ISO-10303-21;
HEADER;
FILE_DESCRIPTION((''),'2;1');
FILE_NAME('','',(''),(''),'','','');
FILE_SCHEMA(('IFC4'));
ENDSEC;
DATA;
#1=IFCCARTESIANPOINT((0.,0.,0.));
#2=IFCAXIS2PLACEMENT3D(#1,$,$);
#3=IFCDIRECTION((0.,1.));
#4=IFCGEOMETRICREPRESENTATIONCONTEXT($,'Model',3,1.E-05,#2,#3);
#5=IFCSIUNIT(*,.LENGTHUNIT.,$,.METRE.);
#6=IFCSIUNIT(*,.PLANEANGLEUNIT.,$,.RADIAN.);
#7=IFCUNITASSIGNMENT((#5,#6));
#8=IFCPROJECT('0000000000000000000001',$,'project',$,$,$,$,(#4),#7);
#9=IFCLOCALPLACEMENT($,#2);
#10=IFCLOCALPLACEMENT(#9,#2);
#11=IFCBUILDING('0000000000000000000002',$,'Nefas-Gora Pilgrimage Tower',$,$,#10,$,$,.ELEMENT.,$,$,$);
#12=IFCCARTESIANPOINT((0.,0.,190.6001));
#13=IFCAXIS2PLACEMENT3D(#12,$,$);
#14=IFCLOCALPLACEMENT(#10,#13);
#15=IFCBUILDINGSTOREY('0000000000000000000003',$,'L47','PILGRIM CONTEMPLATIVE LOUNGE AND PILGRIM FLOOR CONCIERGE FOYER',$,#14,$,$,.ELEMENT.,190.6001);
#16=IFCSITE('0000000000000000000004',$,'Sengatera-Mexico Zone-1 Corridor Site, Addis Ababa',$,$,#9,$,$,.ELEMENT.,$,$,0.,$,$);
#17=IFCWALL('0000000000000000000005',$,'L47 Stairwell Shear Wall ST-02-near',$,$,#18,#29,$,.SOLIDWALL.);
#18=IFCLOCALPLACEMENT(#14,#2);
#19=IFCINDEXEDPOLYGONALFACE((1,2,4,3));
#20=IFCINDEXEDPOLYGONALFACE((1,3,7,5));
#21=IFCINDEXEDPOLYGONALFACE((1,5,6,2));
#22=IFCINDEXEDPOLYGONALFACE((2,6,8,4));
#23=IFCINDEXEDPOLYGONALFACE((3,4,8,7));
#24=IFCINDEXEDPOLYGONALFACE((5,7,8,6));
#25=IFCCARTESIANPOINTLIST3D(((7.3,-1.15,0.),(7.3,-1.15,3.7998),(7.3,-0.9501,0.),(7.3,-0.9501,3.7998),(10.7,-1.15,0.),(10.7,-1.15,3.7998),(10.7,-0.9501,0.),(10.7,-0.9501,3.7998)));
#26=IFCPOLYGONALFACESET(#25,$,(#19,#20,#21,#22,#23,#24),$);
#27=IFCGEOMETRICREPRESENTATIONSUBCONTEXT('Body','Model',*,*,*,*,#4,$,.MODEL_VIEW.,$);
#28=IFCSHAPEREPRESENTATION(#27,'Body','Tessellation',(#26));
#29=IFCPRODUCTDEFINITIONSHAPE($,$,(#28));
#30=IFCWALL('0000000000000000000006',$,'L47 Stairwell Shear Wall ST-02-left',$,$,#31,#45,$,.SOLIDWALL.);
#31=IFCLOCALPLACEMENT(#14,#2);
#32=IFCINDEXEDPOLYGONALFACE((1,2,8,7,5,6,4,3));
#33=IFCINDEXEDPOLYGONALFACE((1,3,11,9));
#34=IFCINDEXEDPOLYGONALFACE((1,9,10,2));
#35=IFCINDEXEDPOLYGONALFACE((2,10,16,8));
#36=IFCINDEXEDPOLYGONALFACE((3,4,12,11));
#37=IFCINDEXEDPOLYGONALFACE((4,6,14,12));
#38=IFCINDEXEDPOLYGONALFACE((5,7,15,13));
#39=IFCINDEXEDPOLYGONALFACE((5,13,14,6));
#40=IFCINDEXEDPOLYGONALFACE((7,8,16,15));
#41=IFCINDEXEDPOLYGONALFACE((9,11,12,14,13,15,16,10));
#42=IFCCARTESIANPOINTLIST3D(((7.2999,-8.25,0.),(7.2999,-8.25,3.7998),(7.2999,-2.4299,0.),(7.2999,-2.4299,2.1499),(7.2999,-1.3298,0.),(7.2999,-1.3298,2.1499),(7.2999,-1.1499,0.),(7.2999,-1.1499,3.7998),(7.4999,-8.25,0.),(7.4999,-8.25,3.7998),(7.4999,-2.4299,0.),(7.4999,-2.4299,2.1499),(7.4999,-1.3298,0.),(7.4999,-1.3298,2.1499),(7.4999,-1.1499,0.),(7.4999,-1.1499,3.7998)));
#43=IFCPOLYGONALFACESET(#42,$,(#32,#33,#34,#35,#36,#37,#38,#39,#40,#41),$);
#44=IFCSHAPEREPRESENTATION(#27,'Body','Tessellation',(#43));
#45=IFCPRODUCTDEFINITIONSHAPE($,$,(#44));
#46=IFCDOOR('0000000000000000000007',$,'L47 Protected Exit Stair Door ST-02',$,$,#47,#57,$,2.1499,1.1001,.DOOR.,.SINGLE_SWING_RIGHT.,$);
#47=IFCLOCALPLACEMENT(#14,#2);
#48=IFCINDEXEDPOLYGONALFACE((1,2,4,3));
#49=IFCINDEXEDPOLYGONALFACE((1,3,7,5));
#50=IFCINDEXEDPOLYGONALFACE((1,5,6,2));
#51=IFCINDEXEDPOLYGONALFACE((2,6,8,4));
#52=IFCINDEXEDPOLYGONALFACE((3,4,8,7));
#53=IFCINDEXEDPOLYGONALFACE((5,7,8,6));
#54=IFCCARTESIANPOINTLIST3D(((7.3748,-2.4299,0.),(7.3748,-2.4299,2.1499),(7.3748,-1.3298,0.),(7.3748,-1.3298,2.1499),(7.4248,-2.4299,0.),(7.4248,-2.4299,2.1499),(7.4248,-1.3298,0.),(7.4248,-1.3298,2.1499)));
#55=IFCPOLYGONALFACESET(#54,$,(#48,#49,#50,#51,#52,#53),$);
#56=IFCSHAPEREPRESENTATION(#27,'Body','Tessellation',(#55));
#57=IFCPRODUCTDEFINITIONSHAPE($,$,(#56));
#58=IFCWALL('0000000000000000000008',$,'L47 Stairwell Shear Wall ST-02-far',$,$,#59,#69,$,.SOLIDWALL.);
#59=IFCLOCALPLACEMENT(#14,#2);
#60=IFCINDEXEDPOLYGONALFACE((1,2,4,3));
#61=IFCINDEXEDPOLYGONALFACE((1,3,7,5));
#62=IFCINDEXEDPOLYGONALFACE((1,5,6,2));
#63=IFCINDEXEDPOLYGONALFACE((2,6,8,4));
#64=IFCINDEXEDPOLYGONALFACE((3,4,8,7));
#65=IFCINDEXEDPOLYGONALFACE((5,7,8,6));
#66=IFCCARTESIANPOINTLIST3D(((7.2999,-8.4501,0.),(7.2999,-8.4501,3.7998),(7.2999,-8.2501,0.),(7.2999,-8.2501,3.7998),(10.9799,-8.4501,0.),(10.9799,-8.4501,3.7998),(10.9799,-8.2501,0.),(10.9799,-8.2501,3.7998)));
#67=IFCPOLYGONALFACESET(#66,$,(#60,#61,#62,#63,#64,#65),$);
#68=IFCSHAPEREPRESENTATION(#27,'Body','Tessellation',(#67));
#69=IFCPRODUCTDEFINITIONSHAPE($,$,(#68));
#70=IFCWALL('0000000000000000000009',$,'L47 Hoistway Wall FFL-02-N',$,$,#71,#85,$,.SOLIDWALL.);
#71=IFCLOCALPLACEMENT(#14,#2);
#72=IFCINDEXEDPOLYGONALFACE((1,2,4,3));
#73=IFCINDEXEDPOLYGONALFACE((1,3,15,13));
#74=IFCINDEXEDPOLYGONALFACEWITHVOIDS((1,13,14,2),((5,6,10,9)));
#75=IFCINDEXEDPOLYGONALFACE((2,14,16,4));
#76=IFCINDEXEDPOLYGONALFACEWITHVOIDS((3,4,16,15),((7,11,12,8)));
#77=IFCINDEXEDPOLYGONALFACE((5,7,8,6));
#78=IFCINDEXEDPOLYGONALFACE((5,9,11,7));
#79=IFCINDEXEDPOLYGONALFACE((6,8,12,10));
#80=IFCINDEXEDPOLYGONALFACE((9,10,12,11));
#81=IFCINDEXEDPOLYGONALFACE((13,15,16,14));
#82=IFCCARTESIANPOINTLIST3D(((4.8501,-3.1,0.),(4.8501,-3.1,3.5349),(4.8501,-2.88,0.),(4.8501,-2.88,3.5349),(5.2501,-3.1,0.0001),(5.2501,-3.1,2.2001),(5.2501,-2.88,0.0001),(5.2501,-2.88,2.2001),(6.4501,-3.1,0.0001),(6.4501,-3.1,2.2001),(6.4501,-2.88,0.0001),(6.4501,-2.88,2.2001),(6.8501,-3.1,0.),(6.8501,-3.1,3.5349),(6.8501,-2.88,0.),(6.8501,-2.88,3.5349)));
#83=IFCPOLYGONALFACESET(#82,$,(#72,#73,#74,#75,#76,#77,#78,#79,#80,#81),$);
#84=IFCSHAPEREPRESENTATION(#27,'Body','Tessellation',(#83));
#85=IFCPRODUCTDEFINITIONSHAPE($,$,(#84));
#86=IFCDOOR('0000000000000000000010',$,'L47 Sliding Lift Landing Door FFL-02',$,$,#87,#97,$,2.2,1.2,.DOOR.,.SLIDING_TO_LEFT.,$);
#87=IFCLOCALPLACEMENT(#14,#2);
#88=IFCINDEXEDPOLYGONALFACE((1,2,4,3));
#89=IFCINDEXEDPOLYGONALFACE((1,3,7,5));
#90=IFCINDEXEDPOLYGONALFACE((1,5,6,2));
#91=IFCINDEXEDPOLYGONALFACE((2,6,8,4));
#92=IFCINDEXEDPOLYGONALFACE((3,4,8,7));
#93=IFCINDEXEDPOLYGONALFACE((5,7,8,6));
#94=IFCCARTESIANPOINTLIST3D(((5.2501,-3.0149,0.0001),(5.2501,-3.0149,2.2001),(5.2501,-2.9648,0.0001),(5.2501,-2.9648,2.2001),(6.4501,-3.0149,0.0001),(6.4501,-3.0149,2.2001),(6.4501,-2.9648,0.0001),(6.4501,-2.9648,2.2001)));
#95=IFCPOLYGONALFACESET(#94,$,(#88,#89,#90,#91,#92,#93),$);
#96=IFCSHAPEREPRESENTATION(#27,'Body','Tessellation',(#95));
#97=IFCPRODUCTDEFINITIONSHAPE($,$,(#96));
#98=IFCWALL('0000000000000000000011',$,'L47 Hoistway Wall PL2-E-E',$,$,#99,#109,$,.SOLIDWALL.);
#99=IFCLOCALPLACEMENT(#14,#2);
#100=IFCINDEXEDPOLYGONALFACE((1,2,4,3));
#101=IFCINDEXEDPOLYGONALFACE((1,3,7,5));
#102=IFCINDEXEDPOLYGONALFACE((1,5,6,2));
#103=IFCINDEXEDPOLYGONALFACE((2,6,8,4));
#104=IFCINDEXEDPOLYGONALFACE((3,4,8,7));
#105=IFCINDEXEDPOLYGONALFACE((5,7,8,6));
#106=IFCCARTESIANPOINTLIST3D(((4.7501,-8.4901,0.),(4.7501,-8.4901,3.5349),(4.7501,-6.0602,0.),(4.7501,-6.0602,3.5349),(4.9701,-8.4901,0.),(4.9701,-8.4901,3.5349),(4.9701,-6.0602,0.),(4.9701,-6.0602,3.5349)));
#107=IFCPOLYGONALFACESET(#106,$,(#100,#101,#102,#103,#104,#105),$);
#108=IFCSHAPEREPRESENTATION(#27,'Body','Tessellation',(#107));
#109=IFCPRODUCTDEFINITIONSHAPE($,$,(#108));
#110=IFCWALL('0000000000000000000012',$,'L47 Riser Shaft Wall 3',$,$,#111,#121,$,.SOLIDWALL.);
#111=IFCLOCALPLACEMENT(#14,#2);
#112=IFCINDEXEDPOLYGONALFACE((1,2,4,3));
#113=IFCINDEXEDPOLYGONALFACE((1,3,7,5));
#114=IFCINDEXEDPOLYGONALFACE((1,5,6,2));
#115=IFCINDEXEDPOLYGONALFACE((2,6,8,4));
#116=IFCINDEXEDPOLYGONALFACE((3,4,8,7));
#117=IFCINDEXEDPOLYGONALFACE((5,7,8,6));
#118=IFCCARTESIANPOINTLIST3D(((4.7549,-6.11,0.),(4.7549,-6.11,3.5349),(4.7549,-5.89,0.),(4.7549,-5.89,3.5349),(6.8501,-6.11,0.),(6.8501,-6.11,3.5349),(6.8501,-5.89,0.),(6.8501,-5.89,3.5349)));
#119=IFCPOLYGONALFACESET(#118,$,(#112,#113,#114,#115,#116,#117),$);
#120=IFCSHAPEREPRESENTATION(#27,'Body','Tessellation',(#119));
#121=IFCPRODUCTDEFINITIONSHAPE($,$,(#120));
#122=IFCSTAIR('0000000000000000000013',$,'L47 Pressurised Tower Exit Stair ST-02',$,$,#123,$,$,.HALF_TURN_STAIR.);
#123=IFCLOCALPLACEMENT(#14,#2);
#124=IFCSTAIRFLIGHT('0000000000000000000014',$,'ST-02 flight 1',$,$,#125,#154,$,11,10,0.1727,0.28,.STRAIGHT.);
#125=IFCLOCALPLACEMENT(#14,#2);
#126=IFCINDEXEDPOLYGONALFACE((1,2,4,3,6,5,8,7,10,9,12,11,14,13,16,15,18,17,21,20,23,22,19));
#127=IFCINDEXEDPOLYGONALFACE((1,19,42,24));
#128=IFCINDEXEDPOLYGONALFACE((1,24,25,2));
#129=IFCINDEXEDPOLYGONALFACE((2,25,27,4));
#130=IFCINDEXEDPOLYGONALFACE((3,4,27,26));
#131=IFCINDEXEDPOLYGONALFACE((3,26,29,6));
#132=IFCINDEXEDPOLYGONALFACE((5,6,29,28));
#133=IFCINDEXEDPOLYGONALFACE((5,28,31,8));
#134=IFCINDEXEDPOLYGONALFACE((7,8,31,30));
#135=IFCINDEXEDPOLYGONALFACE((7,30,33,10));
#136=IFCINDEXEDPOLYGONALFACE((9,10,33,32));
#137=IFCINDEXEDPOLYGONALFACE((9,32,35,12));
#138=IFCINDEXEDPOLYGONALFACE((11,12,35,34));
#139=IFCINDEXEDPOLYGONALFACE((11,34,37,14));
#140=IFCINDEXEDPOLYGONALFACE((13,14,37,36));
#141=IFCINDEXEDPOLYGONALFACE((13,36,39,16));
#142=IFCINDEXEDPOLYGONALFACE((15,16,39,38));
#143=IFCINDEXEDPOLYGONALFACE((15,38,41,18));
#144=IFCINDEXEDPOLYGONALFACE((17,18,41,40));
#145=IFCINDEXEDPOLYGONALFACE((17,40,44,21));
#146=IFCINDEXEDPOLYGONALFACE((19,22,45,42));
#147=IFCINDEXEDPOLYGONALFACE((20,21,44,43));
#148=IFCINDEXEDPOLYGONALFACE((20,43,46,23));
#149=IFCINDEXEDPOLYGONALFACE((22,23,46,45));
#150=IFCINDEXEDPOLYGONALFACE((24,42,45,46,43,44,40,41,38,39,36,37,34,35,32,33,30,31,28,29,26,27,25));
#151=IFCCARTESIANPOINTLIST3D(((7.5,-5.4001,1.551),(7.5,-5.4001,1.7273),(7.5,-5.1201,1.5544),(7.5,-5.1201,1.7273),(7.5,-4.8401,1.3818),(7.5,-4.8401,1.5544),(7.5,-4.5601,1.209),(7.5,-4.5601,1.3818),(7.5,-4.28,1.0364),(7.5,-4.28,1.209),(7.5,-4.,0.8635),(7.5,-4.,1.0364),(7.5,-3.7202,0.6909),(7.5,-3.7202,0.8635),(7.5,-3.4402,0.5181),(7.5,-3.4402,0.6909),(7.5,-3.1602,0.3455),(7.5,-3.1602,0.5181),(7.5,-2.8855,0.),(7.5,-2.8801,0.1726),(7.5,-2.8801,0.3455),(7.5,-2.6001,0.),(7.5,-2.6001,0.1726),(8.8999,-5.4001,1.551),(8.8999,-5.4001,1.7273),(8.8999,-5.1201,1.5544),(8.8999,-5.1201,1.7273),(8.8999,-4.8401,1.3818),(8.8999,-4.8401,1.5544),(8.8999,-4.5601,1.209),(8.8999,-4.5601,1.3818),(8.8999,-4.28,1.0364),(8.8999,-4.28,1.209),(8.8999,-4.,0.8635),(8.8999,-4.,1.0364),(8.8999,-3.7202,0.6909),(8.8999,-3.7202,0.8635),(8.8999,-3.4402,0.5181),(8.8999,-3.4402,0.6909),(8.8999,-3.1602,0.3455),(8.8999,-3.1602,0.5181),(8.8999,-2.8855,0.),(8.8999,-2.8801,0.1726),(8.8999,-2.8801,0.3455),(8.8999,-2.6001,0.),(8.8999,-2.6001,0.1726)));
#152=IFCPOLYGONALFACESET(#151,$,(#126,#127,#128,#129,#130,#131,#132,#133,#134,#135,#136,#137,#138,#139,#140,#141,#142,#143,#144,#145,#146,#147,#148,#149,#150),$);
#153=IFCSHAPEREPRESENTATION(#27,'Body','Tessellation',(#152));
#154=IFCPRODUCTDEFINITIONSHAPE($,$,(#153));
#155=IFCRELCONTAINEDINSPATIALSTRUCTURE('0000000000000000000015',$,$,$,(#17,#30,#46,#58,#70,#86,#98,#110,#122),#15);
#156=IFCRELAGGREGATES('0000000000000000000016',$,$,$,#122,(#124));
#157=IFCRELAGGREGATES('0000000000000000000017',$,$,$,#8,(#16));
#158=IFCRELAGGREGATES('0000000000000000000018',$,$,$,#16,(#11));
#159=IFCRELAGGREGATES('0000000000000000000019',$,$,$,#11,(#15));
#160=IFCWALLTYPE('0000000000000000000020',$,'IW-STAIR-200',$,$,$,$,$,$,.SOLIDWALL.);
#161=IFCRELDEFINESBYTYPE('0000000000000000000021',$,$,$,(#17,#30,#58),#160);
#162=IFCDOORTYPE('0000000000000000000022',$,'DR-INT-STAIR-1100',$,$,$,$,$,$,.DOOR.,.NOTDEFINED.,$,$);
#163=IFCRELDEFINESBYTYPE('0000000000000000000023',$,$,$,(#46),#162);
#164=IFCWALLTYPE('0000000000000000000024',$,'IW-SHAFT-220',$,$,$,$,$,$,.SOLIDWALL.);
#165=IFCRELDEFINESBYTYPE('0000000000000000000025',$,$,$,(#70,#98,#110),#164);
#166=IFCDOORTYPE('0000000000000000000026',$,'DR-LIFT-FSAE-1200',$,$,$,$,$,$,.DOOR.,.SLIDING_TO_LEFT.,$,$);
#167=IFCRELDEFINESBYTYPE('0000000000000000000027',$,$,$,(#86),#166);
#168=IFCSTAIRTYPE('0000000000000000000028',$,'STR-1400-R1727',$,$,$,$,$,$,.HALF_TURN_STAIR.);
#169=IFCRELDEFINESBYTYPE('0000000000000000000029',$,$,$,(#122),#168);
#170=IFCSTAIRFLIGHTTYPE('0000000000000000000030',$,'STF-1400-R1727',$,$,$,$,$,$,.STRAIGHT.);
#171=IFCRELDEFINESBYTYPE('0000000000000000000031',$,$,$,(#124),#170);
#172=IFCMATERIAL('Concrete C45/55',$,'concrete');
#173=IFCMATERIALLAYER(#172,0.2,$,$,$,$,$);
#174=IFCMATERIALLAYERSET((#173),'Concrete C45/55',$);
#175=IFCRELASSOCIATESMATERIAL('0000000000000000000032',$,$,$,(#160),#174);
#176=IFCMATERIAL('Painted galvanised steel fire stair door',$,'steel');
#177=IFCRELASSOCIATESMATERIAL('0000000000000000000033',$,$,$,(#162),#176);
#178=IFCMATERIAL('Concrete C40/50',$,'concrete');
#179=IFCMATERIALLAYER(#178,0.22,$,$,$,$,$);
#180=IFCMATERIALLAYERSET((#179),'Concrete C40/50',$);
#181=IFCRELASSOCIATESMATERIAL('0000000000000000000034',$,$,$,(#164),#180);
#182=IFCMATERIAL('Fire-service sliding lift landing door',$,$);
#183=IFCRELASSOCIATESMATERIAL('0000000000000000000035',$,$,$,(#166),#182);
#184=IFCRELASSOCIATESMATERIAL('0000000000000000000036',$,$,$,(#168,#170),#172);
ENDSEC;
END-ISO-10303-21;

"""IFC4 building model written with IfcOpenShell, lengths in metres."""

from ifc_helpers import new_model, si_unit, direction, frame, frame_2d, origin, place, context, subcontext, project, spatial, polyline, rectangle, outline, extrude, source, transform, mapped, material, layer, layer_set, type_object, element, fill, aggregate, save


model = new_model("IFC4")

# Units and contexts
model_context = context("Model", 3, precision=1e-05, world=origin(), true_north=direction((0.0, 1.0)))
body_context = subcontext(model_context, "Body", "Model", "MODEL_VIEW")
ifc_project = project(units=[si_unit("LENGTHUNIT", "METRE"), si_unit("PLANEANGLEUNIT", "RADIAN")], contexts=[model_context])

# Site, building, storey
site_placement = place(None, origin())
site = spatial("IfcSite", under=ifc_project, at=site_placement, Name="Sengatera-Mexico Zone-1 Corridor Site, Addis Ababa", CompositionType="ELEMENT", RefElevation=0.0)
building_placement = place(site_placement, origin())
building = spatial("IfcBuilding", under=site, at=building_placement, Name="Nefas-Gora Pilgrimage Tower", CompositionType="ELEMENT")
storey_placement = place(building_placement, frame((0.0, 0.0, 190.6001)))
storey = spatial("IfcBuildingStorey", under=building, at=storey_placement, Name="L47", Description="PILGRIM CONTEMPLATIVE LOUNGE AND PILGRIM FLOOR CONCIERGE FOYER", CompositionType="ELEMENT", Elevation=190.6001)

# Wall
ifc_material_1 = material(Name="Concrete C45/55", Category="concrete")
ifc_layer_1 = layer(ifc_material_1, 0.2)
ifc_layer_set_1 = layer_set([ifc_layer_1], Name="Concrete C45/55")
wall_type_1 = type_object("IfcWallType", Name="IW-STAIR-200", PredefinedType="SOLIDWALL", material=ifc_layer_set_1)
shared_shape_1 = source(origin(), body_context, "Body", "SweptSolid", [
    extrude(rectangle(XDim=3.3999, YDim=0.2, at=frame_2d((1.7, 0.0))), origin(), (0.0, 0.0, 1.0), 3.7998),
])
wall_1_placement = place(storey_placement, frame((7.3, -1.05, 0.0), z_axis=(0.0, 0.0, 1.0), x_axis=(1.0, 0.0, 0.0)))
element("IfcWall", 1, at=wall_1_placement, inside=storey, type_object=wall_type_1, Name="L47 Stairwell Shear Wall ST-02-near", PredefinedType="SOLIDWALL", context=body_context, shape_type="MappedRepresentation", body=[
    mapped(shared_shape_1, transform((0.0, 0.0, 0.0), x_axis=(1.0, 0.0, 0.0), y_axis=(0.0, 1.0, 0.0), z_axis=(0.0, 0.0, 1.0), scale=1.0)),
])

# Wall, opening, door
shared_shape_2 = source(origin(), body_context, "Body", "SweptSolid", [
    extrude(rectangle(XDim=7.1001, YDim=0.2, at=frame_2d((3.55, 0.0))), origin(), (0.0, 0.0, 1.0), 3.7998),
])
wall_2_placement = place(storey_placement, frame((7.3999, -1.1499, 0.0), z_axis=(0.0, 0.0, 1.0), x_axis=(0.0, -1.0, 0.0)))
wall_2 = element("IfcWall", 2, at=wall_2_placement, inside=storey, type_object=wall_type_1, Name="L47 Stairwell Shear Wall ST-02-left", PredefinedType="SOLIDWALL", context=body_context, shape_type="MappedRepresentation", body=[
    mapped(shared_shape_2, transform((0.0, 0.0, 0.0), x_axis=(1.0, 0.0, 0.0), y_axis=(0.0, 1.0, 0.0), z_axis=(0.0, 0.0, 1.0), scale=1.0)),
])
opening_1_placement = place(wall_2_placement, frame((0.1799, 0.0, 0.0)))
opening_1 = element("IfcOpeningElement", 3, at=opening_1_placement, cuts=wall_2, PredefinedType="OPENING", context=body_context, shape_type="SweptSolid", body=[
    extrude(rectangle(XDim=1.1001, YDim=2.1499, at=frame_2d((0.55, 1.075))), frame((0.0, 0.1099, 0.0), z_axis=(0.0, -1.0, 0.0), x_axis=(1.0, 0.0, 0.0)), (0.0, 0.0, 1.0), 0.22),
])
ifc_material_2 = material(Name="Painted galvanised steel fire stair door", Category="steel")
door_type_1 = type_object("IfcDoorType", Name="DR-INT-STAIR-1100", OperationType="NOTDEFINED", PredefinedType="DOOR", material=ifc_material_2)
shared_shape_3 = source(origin(), body_context, "Body", "SweptSolid", [
    extrude(rectangle(XDim=1.1001, YDim=2.1499, at=frame_2d((0.55, 1.075))), frame((0.0, 0.0249, 0.0), z_axis=(0.0, -1.0, 0.0), x_axis=(1.0, 0.0, 0.0)), (0.0, 0.0, 1.0), 0.05),
])
door_1_placement = place(opening_1_placement, origin())
door_1 = element("IfcDoor", 4, at=door_1_placement, inside=storey, type_object=door_type_1, Name="L47 Protected Exit Stair Door ST-02", OperationType="SINGLE_SWING_RIGHT", OverallHeight=2.1499, OverallWidth=1.1001, PredefinedType="DOOR", context=body_context, shape_type="MappedRepresentation", body=[
    mapped(shared_shape_3, transform((0.0, 0.0, 0.0), x_axis=(1.0, 0.0, 0.0), y_axis=(0.0, 1.0, 0.0), z_axis=(0.0, 0.0, 1.0), scale=1.0)),
])
fill(opening_1, door_1)

# Wall
shared_shape_4 = source(origin(), body_context, "Body", "SweptSolid", [
    extrude(rectangle(XDim=3.6799, YDim=0.2, at=frame_2d((1.8398, 0.0))), origin(), (0.0, 0.0, 1.0), 3.7998),
])
wall_3_placement = place(storey_placement, frame((7.3, -8.3501, 0.0), z_axis=(0.0, 0.0, 1.0), x_axis=(1.0, 0.0, 0.0)))
element("IfcWall", 5, at=wall_3_placement, inside=storey, type_object=wall_type_1, Name="L47 Stairwell Shear Wall ST-02-far", PredefinedType="SOLIDWALL", context=body_context, shape_type="MappedRepresentation", body=[
    mapped(shared_shape_4, transform((0.0, 0.0, 0.0), x_axis=(1.0, 0.0, 0.0), y_axis=(0.0, 1.0, 0.0), z_axis=(0.0, 0.0, 1.0), scale=1.0)),
])

# Wall, opening, door
ifc_material_3 = material(Name="Concrete C40/50", Category="concrete")
ifc_layer_2 = layer(ifc_material_3, 0.22)
ifc_layer_set_2 = layer_set([ifc_layer_2], Name="Concrete C40/50")
wall_type_2 = type_object("IfcWallType", Name="IW-SHAFT-220", PredefinedType="SOLIDWALL", material=ifc_layer_set_2)
shared_shape_5 = source(origin(), body_context, "Body", "SweptSolid", [
    extrude(rectangle(XDim=2.0, YDim=0.22, at=frame_2d((1.0, 0.0))), origin(), (0.0, 0.0, 1.0), 3.5349),
])
wall_4_placement = place(storey_placement, frame((6.8501, -2.99, 0.0), z_axis=(0.0, 0.0, 1.0), x_axis=(-1.0, 0.0, 0.0)))
wall_4 = element("IfcWall", 6, at=wall_4_placement, inside=storey, type_object=wall_type_2, Name="L47 Hoistway Wall FFL-02-N", PredefinedType="SOLIDWALL", context=body_context, shape_type="MappedRepresentation", body=[
    mapped(shared_shape_5, transform((0.0, 0.0, 0.0), x_axis=(1.0, 0.0, 0.0), y_axis=(0.0, 1.0, 0.0), z_axis=(0.0, 0.0, 1.0), scale=1.0)),
])
opening_2_placement = place(wall_4_placement, frame((0.3999, 0.0, 0.0)))
opening_2 = element("IfcOpeningElement", 7, at=opening_2_placement, cuts=wall_4, PredefinedType="OPENING", context=body_context, shape_type="SweptSolid", body=[
    extrude(rectangle(XDim=1.2, YDim=2.2, at=frame_2d((0.6001, 1.1001))), frame((0.0, 0.1199, 0.0), z_axis=(0.0, -1.0, 0.0), x_axis=(1.0, 0.0, 0.0)), (0.0, 0.0, 1.0), 0.24),
])
ifc_material_4 = material(Name="Fire-service sliding lift landing door")
door_type_2 = type_object("IfcDoorType", Name="DR-LIFT-FSAE-1200", OperationType="SLIDING_TO_LEFT", PredefinedType="DOOR", material=ifc_material_4)
shared_shape_6 = source(origin(), body_context, "Body", "SweptSolid", [
    extrude(rectangle(XDim=1.2, YDim=2.2, at=frame_2d((0.6001, 1.1001))), frame((0.0, 0.0249, 0.0), z_axis=(0.0, -1.0, 0.0), x_axis=(1.0, 0.0, 0.0)), (0.0, 0.0, 1.0), 0.05),
])
door_2_placement = place(opening_2_placement, origin())
door_2 = element("IfcDoor", 8, at=door_2_placement, inside=storey, type_object=door_type_2, Name="L47 Sliding Lift Landing Door FFL-02", OperationType="SLIDING_TO_LEFT", OverallHeight=2.2, OverallWidth=1.2, PredefinedType="DOOR", context=body_context, shape_type="MappedRepresentation", body=[
    mapped(shared_shape_6, transform((0.0, 0.0, 0.0), x_axis=(1.0, 0.0, 0.0), y_axis=(0.0, 1.0, 0.0), z_axis=(0.0, 0.0, 1.0), scale=1.0)),
])
fill(opening_2, door_2)

# Walls
shared_shape_7 = source(origin(), body_context, "Body", "SweptSolid", [
    extrude(rectangle(XDim=2.4299, YDim=0.22, at=frame_2d((1.2148, 0.0))), origin(), (0.0, 0.0, 1.0), 3.5349),
])
wall_5_placement = place(storey_placement, frame((4.8601, -8.49, 0.0), z_axis=(0.0, 0.0, 1.0), x_axis=(0.0, 1.0, 0.0)))
element("IfcWall", 9, at=wall_5_placement, inside=storey, type_object=wall_type_2, Name="L47 Hoistway Wall PL2-E-E", PredefinedType="SOLIDWALL", context=body_context, shape_type="MappedRepresentation", body=[
    mapped(shared_shape_7, transform((0.0, 0.0, 0.0), x_axis=(1.0, 0.0, 0.0), y_axis=(0.0, 1.0, 0.0), z_axis=(0.0, 0.0, 1.0), scale=1.0)),
])
shared_shape_8 = source(origin(), body_context, "Body", "SweptSolid", [
    extrude(rectangle(XDim=2.0952, YDim=0.22, at=frame_2d((1.0476, 0.0))), origin(), (0.0, 0.0, 1.0), 3.5349),
])
wall_6_placement = place(storey_placement, frame((4.7549, -6.0, 0.0), z_axis=(0.0, 0.0, 1.0), x_axis=(1.0, 0.0, 0.0)))
element("IfcWall", 10, at=wall_6_placement, inside=storey, type_object=wall_type_2, Name="L47 Riser Shaft Wall 3", PredefinedType="SOLIDWALL", context=body_context, shape_type="MappedRepresentation", body=[
    mapped(shared_shape_8, transform((0.0, 0.0, 0.0), x_axis=(1.0, 0.0, 0.0), y_axis=(0.0, 1.0, 0.0), z_axis=(0.0, 0.0, 1.0), scale=1.0)),
])

# Stair, stair flight
stair_type = type_object("IfcStairType", Name="STR-1400-R1727", PredefinedType="HALF_TURN_STAIR", material=ifc_material_1)
stair_placement = place(storey_placement, origin())
stair = element("IfcStair", 11, at=stair_placement, inside=storey, type_object=stair_type, Name="L47 Pressurised Tower Exit Stair ST-02", PredefinedType="HALF_TURN_STAIR")
stair_flight_type = type_object("IfcStairFlightType", Name="STF-1400-R1727", PredefinedType="STRAIGHT", material=ifc_material_1)
shared_shape_9 = source(origin(), body_context, "Body", "SweptSolid", [
    extrude(outline(polyline([(0.0, 0.0), (0.0, 0.1726), (0.28, 0.1726), (0.28, 0.3455), (0.5601, 0.3455), (0.5601, 0.5181), (0.8401, 0.5181), (0.8401, 0.6909), (1.1201, 0.6909), (1.1201, 0.8635), (1.3999, 0.8635), (1.3999, 1.0364), (1.6799, 1.0364), (1.6799, 1.209), (1.96, 1.209), (1.96, 1.3818), (2.24, 1.3818), (2.24, 1.5544), (2.52, 1.5544), (2.52, 1.7273), (2.8, 1.7273), (2.8, 1.8999), (2.8, 1.551), (0.2854, 0.0), (0.0, 0.0)])), frame((0.0, 0.7, 0.0), z_axis=(0.0, -1.0, 0.0), x_axis=(1.0, 0.0, 0.0)), (0.0, 0.0, 1.0), 1.3999),
])
stair_flight_1_placement = place(storey_placement, frame((8.2, -2.6001, 0.0), z_axis=(0.0, 0.0, 1.0), x_axis=(0.0, -1.0, 0.0)))
stair_flight_1 = element("IfcStairFlight", 12, at=stair_flight_1_placement, type_object=stair_flight_type, Name="ST-02 flight 1", NumberOfRisers=11, NumberOfTreads=10, PredefinedType="STRAIGHT", RiserHeight=0.1727, TreadLength=0.28, context=body_context, shape_type="MappedRepresentation", body=[
    mapped(shared_shape_9, transform((0.0, 0.0, 0.0), x_axis=(1.0, 0.0, 0.0), y_axis=(0.0, 1.0, 0.0), z_axis=(0.0, 0.0, 1.0), scale=1.0)),
])
aggregate(stair, [stair_flight_1])

save(model, "model.ifc")
